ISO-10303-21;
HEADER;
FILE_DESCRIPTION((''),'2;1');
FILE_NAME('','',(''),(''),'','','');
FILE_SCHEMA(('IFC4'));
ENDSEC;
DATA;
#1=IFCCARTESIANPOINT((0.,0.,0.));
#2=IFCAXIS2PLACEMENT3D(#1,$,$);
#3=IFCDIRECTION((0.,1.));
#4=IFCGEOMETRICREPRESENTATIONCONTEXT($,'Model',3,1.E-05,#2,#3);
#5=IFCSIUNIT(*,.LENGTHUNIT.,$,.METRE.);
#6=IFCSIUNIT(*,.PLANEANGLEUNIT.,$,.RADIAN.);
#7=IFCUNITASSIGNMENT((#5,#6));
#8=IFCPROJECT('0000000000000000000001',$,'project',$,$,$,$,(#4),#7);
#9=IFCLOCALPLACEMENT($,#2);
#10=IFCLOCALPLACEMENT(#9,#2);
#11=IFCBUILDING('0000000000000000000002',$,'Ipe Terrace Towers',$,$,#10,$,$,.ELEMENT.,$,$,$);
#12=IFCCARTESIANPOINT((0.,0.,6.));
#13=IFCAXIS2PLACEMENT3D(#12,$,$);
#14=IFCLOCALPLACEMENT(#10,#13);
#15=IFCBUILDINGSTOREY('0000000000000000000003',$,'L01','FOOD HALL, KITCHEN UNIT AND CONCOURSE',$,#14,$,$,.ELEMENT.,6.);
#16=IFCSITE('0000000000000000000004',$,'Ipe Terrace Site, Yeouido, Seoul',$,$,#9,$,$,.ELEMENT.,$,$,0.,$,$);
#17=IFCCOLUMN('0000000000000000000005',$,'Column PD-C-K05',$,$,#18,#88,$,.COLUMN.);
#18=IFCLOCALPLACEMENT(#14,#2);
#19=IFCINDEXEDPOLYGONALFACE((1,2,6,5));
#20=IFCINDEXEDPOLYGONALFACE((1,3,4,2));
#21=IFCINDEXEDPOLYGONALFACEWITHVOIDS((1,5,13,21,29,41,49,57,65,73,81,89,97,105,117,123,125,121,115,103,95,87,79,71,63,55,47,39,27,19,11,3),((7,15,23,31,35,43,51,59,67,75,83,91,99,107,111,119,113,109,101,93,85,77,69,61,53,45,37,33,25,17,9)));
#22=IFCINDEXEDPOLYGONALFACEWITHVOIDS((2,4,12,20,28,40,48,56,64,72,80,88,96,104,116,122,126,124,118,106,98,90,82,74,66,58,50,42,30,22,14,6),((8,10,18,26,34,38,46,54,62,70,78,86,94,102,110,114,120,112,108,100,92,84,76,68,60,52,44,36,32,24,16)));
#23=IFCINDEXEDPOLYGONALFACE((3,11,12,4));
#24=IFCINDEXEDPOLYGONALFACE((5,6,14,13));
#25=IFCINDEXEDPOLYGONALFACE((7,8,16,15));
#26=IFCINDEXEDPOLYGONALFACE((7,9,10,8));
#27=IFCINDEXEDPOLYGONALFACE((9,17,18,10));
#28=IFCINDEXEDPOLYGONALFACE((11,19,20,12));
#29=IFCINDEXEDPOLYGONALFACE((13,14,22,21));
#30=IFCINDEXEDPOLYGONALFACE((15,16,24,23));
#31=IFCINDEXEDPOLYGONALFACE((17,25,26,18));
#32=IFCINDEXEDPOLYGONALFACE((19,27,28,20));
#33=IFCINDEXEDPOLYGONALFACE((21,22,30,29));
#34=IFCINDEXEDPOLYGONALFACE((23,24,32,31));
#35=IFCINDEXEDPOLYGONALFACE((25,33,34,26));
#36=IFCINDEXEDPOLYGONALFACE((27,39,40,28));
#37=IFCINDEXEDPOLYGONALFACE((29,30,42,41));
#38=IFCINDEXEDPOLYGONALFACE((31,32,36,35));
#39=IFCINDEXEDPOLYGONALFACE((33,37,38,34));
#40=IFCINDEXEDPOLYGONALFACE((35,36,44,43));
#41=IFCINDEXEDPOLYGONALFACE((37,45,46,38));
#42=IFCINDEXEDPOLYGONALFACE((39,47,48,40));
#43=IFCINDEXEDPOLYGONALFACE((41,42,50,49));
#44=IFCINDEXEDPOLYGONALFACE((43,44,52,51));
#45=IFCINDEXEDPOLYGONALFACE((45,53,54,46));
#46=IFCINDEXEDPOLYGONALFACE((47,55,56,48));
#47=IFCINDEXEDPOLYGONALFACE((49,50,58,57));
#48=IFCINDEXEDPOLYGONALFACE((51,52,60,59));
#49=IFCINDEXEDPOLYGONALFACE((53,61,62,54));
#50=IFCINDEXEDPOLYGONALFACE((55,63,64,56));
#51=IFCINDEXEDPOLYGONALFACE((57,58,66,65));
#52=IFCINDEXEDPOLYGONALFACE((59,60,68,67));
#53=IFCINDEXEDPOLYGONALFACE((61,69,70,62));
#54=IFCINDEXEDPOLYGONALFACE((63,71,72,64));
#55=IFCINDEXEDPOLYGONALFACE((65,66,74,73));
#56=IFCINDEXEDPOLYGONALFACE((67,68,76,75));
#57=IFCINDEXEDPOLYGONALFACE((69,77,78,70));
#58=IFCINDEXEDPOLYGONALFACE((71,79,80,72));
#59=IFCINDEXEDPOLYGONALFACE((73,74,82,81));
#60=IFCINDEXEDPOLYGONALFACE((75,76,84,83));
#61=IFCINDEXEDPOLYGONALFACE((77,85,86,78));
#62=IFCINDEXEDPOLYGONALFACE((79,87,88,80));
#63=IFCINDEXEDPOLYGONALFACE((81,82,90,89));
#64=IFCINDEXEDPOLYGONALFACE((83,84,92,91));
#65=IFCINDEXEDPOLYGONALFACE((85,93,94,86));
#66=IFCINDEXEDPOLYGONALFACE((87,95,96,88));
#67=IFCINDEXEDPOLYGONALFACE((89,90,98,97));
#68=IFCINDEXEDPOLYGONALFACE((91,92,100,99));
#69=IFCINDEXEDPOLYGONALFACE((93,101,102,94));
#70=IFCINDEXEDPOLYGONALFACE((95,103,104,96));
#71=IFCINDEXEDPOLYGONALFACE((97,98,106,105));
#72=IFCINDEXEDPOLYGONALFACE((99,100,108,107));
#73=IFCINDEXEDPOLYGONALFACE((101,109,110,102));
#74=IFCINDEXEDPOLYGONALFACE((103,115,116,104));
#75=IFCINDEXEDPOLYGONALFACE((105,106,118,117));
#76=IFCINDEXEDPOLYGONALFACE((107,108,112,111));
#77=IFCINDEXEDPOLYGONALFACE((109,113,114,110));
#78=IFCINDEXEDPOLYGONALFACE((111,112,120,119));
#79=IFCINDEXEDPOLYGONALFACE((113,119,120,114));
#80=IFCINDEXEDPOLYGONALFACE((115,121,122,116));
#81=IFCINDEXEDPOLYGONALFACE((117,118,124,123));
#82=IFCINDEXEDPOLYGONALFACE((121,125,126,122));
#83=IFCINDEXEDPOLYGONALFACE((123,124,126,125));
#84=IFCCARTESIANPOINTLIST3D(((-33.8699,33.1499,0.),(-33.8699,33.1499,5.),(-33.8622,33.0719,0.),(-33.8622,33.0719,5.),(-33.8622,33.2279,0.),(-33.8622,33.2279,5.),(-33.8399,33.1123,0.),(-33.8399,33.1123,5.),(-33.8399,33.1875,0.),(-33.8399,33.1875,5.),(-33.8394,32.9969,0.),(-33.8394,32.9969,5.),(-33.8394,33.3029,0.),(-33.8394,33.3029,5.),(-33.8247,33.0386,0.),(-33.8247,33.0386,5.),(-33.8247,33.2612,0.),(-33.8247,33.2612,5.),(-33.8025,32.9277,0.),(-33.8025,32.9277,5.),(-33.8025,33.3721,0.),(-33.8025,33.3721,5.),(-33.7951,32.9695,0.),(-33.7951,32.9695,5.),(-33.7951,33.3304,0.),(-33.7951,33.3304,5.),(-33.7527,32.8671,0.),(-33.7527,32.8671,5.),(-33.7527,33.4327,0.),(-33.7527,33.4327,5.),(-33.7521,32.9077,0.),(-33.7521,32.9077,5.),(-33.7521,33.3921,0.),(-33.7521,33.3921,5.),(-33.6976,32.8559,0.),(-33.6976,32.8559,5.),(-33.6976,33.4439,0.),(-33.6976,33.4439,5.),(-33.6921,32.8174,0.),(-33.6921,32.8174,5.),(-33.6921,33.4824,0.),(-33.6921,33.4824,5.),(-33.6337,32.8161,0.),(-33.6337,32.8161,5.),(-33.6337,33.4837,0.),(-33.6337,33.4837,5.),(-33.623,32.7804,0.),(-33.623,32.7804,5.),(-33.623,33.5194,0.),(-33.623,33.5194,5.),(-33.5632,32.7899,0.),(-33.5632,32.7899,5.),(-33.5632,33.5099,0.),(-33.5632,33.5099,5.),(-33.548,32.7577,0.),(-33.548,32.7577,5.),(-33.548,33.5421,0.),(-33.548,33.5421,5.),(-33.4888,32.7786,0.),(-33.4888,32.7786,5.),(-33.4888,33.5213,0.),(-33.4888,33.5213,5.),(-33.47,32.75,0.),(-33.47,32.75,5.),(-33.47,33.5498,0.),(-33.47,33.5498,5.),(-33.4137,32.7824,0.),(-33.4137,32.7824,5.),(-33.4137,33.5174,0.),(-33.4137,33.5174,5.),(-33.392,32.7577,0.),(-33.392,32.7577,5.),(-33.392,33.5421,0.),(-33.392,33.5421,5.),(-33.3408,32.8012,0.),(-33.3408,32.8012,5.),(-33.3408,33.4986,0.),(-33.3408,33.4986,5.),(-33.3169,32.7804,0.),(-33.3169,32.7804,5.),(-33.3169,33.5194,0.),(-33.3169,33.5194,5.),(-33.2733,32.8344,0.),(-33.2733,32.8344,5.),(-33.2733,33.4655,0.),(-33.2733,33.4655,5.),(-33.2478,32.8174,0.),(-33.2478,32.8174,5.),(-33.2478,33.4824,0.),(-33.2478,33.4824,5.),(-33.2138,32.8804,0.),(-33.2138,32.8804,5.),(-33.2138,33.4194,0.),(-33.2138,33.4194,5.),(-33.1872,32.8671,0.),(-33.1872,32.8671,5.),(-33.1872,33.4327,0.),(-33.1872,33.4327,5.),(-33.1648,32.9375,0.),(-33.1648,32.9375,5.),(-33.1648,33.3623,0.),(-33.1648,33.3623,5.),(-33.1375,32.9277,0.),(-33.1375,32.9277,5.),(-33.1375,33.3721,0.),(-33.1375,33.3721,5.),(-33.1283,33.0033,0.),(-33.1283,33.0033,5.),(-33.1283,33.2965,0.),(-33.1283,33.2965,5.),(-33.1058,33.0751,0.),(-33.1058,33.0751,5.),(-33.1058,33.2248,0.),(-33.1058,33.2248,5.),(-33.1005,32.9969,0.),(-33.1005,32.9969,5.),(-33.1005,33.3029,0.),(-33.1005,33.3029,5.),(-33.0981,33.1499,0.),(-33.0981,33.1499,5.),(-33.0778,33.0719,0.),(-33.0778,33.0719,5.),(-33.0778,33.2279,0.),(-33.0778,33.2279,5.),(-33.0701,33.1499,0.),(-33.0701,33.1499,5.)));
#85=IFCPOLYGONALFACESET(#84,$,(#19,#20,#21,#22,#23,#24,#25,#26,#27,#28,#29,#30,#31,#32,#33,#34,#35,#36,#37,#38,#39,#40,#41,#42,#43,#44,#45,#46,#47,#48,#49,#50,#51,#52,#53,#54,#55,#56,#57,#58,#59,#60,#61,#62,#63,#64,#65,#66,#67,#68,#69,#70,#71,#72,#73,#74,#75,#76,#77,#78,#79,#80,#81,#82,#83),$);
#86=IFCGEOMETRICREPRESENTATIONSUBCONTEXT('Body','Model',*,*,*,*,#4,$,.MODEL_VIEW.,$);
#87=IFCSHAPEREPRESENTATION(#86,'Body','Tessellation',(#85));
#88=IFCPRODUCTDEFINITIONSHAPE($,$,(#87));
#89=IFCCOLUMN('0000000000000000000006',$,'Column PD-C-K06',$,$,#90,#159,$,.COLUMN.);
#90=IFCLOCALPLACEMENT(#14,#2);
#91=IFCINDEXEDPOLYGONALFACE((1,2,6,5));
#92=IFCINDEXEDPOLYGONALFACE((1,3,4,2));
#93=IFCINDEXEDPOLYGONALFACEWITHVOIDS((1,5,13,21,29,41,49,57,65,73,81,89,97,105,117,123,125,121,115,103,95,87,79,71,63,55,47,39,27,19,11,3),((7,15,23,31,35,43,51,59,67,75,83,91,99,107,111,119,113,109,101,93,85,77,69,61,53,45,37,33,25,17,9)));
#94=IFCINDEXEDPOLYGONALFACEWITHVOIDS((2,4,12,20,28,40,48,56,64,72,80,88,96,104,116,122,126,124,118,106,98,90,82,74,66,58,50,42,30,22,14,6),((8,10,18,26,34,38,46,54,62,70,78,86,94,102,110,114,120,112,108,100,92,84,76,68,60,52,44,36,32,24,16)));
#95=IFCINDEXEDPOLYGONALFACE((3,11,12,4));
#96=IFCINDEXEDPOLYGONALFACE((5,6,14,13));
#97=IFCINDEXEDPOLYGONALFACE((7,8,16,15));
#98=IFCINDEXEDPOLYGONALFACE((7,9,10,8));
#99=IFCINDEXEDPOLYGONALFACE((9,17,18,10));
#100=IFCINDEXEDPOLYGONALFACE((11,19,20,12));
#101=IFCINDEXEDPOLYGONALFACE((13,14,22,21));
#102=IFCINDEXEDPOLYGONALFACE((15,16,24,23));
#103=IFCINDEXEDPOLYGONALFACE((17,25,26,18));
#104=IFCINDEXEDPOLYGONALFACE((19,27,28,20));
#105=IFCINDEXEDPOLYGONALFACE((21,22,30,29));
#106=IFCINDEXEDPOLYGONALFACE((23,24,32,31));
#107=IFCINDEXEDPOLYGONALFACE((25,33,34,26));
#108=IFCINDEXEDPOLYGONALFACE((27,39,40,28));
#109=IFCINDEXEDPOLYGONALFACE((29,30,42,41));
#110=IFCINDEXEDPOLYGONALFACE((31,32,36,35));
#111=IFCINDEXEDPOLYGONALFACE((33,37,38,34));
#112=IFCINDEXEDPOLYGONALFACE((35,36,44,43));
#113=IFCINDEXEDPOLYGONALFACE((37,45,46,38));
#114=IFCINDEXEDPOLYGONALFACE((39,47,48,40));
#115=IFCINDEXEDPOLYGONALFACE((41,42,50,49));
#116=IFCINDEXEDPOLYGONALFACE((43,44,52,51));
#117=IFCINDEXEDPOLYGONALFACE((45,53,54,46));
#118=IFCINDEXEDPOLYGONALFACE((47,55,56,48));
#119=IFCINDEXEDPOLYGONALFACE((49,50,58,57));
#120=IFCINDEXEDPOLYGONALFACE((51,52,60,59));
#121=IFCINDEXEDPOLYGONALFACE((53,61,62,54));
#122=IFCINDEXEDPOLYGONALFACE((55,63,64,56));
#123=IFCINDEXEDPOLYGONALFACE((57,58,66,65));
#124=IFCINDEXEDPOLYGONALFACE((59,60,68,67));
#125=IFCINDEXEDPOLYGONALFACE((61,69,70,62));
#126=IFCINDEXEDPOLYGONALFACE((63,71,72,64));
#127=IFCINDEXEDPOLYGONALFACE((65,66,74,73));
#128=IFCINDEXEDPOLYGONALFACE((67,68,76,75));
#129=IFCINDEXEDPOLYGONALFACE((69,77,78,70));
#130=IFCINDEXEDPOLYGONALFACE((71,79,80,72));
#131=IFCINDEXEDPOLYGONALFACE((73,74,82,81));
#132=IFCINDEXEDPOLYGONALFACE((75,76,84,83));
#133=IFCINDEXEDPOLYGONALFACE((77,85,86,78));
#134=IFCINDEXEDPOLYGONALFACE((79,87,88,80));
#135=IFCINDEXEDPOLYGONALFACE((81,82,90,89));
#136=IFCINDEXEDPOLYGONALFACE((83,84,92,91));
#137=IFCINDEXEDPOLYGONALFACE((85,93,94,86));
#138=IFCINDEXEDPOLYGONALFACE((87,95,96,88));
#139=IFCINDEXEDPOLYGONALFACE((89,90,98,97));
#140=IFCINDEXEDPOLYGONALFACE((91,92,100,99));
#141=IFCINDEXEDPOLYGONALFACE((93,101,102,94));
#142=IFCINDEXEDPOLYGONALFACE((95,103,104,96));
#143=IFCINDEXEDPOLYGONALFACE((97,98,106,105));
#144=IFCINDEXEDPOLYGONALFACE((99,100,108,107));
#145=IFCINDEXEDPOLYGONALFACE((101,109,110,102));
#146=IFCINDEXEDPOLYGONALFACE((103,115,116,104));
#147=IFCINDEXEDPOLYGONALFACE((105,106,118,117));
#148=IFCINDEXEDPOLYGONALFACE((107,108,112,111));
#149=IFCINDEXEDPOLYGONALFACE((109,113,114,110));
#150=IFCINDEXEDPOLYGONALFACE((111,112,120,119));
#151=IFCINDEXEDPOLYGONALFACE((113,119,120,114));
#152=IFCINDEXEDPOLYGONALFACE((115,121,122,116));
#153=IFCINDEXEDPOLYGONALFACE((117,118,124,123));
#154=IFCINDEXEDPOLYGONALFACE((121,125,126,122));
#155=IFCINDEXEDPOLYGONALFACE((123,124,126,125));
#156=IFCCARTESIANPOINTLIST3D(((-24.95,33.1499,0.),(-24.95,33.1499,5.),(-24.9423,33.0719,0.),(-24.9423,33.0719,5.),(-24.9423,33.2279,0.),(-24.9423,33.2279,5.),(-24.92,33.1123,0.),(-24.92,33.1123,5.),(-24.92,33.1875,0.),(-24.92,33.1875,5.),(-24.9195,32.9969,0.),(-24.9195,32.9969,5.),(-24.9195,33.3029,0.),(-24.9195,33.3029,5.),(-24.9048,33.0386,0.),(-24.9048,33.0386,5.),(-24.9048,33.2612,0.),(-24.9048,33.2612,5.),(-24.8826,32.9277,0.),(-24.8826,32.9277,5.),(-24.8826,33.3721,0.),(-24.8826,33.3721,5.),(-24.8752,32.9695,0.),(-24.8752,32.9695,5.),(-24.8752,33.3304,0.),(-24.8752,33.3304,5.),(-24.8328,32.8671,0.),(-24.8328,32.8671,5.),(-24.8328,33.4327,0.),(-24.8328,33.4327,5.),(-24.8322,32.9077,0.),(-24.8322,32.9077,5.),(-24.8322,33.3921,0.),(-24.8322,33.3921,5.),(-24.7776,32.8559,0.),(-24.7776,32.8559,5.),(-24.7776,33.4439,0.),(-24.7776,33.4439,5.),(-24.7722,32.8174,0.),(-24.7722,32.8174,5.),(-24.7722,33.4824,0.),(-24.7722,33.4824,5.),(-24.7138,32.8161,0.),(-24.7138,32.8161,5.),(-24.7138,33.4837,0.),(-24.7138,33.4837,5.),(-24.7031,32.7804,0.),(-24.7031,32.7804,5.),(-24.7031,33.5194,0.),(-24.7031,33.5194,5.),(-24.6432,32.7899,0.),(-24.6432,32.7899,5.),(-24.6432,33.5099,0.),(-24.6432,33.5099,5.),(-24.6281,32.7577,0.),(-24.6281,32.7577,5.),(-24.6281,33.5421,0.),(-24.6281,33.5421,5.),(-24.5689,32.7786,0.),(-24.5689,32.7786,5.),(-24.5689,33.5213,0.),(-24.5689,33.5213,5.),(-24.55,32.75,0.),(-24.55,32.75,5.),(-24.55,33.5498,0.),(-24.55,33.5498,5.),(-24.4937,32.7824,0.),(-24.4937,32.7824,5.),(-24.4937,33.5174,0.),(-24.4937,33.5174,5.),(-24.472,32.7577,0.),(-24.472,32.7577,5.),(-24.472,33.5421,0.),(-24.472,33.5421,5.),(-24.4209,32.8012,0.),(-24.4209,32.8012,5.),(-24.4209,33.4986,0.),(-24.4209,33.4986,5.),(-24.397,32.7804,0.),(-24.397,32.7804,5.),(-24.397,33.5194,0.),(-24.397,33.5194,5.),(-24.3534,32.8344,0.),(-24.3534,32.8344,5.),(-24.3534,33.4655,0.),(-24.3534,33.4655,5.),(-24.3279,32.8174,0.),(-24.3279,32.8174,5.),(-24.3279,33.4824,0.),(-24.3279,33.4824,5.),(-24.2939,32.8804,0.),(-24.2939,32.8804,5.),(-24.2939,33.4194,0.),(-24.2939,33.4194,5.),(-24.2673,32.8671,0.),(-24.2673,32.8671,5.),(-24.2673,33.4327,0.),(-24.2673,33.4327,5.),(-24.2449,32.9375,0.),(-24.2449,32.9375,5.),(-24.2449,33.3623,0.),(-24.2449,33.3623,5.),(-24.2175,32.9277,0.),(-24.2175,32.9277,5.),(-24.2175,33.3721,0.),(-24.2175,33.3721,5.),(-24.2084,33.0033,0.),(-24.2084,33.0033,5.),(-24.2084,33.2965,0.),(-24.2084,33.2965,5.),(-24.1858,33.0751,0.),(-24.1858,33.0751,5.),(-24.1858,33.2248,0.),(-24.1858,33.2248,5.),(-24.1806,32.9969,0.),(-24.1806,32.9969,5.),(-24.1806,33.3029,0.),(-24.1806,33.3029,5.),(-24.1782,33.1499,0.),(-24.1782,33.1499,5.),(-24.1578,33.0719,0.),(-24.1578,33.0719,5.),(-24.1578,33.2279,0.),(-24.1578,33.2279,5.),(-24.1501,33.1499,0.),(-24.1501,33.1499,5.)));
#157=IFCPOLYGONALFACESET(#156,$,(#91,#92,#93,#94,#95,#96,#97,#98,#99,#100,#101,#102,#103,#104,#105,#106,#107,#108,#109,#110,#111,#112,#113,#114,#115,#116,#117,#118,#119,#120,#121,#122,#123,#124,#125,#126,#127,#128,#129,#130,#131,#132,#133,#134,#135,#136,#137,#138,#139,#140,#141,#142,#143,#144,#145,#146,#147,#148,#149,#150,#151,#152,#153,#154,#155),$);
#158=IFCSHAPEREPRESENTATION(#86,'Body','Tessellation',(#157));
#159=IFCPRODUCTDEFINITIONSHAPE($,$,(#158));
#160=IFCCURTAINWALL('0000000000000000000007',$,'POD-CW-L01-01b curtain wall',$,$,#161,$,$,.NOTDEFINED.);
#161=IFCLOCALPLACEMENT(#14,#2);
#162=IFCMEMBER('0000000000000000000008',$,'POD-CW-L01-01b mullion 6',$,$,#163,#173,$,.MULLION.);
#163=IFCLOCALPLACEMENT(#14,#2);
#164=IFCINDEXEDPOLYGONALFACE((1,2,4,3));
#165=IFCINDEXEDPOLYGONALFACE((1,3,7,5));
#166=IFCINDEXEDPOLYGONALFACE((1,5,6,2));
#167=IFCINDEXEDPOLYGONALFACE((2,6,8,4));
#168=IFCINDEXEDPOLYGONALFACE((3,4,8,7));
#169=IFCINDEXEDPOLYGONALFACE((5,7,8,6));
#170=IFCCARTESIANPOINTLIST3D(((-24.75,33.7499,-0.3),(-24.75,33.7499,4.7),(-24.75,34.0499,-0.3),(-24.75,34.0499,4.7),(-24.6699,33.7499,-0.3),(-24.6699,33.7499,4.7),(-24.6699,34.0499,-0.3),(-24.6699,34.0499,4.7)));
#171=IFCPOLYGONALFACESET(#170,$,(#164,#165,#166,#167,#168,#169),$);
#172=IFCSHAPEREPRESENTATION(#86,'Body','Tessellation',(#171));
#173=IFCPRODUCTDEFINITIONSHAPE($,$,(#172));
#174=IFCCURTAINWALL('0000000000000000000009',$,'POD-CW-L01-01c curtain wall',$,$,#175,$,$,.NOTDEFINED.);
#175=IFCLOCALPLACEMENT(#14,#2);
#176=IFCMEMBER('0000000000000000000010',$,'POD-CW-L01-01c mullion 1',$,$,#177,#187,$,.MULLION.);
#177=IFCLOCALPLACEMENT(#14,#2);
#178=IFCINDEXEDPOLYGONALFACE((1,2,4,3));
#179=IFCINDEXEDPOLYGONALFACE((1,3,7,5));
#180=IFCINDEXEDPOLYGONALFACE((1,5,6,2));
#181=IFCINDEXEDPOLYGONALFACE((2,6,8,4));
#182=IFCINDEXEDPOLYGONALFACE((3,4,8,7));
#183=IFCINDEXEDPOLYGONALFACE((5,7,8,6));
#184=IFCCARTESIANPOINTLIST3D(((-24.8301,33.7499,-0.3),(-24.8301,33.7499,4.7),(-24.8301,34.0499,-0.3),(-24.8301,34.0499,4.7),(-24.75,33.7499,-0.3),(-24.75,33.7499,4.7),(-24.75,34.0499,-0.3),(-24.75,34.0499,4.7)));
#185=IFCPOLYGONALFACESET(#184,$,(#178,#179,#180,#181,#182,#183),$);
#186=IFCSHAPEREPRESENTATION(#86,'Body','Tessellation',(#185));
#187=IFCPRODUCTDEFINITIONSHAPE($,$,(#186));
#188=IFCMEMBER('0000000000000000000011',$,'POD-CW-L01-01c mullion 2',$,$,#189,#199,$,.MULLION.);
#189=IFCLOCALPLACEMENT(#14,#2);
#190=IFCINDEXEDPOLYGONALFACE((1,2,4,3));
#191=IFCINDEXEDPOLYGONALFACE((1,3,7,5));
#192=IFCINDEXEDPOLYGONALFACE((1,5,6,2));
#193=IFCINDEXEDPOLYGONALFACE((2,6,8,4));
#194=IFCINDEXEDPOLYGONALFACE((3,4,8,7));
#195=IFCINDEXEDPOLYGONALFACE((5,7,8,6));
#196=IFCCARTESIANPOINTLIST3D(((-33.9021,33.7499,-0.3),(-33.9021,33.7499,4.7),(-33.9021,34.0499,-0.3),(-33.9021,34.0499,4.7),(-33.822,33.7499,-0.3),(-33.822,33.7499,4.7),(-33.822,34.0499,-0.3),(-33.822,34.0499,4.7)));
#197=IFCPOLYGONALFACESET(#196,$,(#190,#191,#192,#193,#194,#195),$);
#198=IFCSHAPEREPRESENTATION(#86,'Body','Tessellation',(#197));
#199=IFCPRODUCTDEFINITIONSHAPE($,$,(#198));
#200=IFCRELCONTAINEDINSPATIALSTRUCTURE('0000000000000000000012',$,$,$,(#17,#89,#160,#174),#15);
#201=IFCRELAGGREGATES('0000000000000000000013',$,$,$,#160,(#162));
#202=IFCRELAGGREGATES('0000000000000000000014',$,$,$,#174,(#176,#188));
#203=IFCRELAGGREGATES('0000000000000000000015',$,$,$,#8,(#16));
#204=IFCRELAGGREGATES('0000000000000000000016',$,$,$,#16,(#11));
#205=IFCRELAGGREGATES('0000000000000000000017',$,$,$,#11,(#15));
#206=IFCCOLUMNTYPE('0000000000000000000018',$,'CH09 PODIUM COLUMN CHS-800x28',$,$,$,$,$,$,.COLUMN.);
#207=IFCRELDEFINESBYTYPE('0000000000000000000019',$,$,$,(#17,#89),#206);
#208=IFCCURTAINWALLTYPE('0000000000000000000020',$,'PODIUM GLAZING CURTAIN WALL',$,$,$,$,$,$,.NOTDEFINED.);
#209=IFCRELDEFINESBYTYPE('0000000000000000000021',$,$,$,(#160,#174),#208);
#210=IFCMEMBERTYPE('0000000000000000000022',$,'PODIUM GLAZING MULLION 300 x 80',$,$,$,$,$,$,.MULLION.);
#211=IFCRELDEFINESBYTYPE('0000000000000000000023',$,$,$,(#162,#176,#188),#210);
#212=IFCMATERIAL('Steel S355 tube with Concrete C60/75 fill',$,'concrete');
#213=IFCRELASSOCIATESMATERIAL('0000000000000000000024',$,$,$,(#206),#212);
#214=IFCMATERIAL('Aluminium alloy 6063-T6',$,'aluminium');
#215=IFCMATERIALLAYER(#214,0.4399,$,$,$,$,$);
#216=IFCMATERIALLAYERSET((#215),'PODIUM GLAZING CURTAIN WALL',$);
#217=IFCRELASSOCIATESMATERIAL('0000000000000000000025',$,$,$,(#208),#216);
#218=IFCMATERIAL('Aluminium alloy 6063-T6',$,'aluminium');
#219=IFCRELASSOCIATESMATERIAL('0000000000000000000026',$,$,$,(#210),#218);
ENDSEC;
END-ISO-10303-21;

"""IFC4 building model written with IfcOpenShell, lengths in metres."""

from ifc_helpers import new_model, si_unit, direction, frame, origin, origin_2d, place, context, subcontext, project, spatial, rectangle, hollow_circle, extrude, material, layer, layer_set, material_profile, profile_set, type_object, element, aggregate, save


model = new_model("IFC4")

# Units and contexts
model_context = context("Model", 3, precision=1e-05, world=origin(), true_north=direction((0.0, 1.0)))
body_context = subcontext(model_context, "Body", "Model", "MODEL_VIEW")
ifc_project = project(units=[si_unit("LENGTHUNIT", "METRE"), si_unit("PLANEANGLEUNIT", "RADIAN")], contexts=[model_context])

# Site, building, storey
site_placement = place(None, origin())
site = spatial("IfcSite", under=ifc_project, at=site_placement, Name="Ipe Terrace Site, Yeouido, Seoul", CompositionType="ELEMENT", RefElevation=0.0)
building_placement = place(site_placement, origin())
building = spatial("IfcBuilding", under=site, at=building_placement, Name="Ipe Terrace Towers", CompositionType="ELEMENT")
storey_placement = place(building_placement, frame((0.0, 0.0, 6.0)))
storey = spatial("IfcBuildingStorey", under=building, at=storey_placement, Name="L01", Description="FOOD HALL, KITCHEN UNIT AND CONCOURSE", CompositionType="ELEMENT", Elevation=6.0)

# Columns
ifc_material_1 = material(Name="Steel S355 tube with Concrete C60/75 fill", Category="concrete")
ifc_material_profile_1 = material_profile(ifc_material_1, hollow_circle(Radius=0.3999, WallThickness=0.0281, at=origin_2d()), Name="CHS-800x28")
ifc_profile_set_1 = profile_set([ifc_material_profile_1], Name="Steel S355 tube with Concrete C60/75 fill")
column_type_1 = type_object("IfcColumnType", Name="CH09 PODIUM COLUMN CHS-800x28", PredefinedType="COLUMN", material=ifc_profile_set_1)
for number, where, z_axis, x_axis, name in (
    (1, (-33.47, 33.1499, 0.0), (0.0, 0.0, 1.0), (1.0, 0.0, 0.0), "Column PD-C-K05"),
    (2, (-24.55, 33.1499, 0.0), (0.0, 0.0, 1.0), (1.0, 0.0, 0.0), "Column PD-C-K06"),
):
    element("IfcColumn", number, at=place(storey_placement, frame(where, z_axis=z_axis, x_axis=x_axis)), inside=storey, type_object=column_type_1, Name=name, PredefinedType="COLUMN", context=body_context, shape_type="SweptSolid", body=[
        extrude(hollow_circle(Radius=0.3999, WallThickness=0.0281, at=origin_2d()), origin(), (0.0, 0.0, 1.0), 5.0),
    ])

# Curtain wall, member
ifc_material_2 = material(Name="Aluminium alloy 6063-T6", Category="aluminium")
ifc_layer_1 = layer(ifc_material_2, 0.4399)
ifc_layer_set_1 = layer_set([ifc_layer_1], Name="PODIUM GLAZING CURTAIN WALL")
curtain_wall_type = type_object("IfcCurtainWallType", Name="PODIUM GLAZING CURTAIN WALL", PredefinedType="NOTDEFINED", material=ifc_layer_set_1)
curtain_wall_1_placement = place(storey_placement, origin())
curtain_wall_1 = element("IfcCurtainWall", 3, at=curtain_wall_1_placement, inside=storey, type_object=curtain_wall_type, Name="POD-CW-L01-01b curtain wall", PredefinedType="NOTDEFINED")
ifc_material_3 = material(Name="Aluminium alloy 6063-T6", Category="aluminium")
ifc_material_profile_2 = material_profile(ifc_material_3, rectangle(XDim=0.3, YDim=0.0801, at=origin_2d()), Name="PODIUM GLAZING MULLION 300 x 80")
ifc_profile_set_2 = profile_set([ifc_material_profile_2], Name="Aluminium alloy 6063-T6")
member_type_1 = type_object("IfcMemberType", Name="PODIUM GLAZING MULLION 300 x 80", PredefinedType="MULLION", material=ifc_profile_set_2)
member_1_placement = place(storey_placement, frame((-24.71, 33.8999, -0.3), z_axis=(0.0, 0.0, 1.0), x_axis=(0.0, 1.0, 0.0)))
member_1 = element("IfcMember", 4, at=member_1_placement, type_object=member_type_1, Name="POD-CW-L01-01b mullion 6", PredefinedType="MULLION", context=body_context, shape_type="SweptSolid", body=[
    extrude(rectangle(XDim=0.3, YDim=0.0801, at=origin_2d()), origin(), (0.0, 0.0, 1.0), 5.0),
])
aggregate(curtain_wall_1, [member_1])

# Curtain wall, members
curtain_wall_2_placement = place(storey_placement, origin())
curtain_wall_2 = element("IfcCurtainWall", 5, at=curtain_wall_2_placement, inside=storey, type_object=curtain_wall_type, Name="POD-CW-L01-01c curtain wall", PredefinedType="NOTDEFINED")
member_2_placement = place(storey_placement, frame((-24.79, 33.8999, -0.3), z_axis=(0.0, 0.0, 1.0), x_axis=(0.0, 1.0, 0.0)))
member_2 = element("IfcMember", 6, at=member_2_placement, type_object=member_type_1, Name="POD-CW-L01-01c mullion 1", PredefinedType="MULLION", context=body_context, shape_type="SweptSolid", body=[
    extrude(rectangle(XDim=0.3, YDim=0.0801, at=origin_2d()), origin(), (0.0, 0.0, 1.0), 5.0),
])
member_3_placement = place(storey_placement, frame((-33.8621, 33.8999, -0.3), z_axis=(0.0, 0.0, 1.0), x_axis=(0.0, 1.0, 0.0)))
member_3 = element("IfcMember", 7, at=member_3_placement, type_object=member_type_1, Name="POD-CW-L01-01c mullion 2", PredefinedType="MULLION", context=body_context, shape_type="SweptSolid", body=[
    extrude(rectangle(XDim=0.3, YDim=0.0801, at=origin_2d()), origin(), (0.0, 0.0, 1.0), 5.0),
])
aggregate(curtain_wall_2, [member_2, member_3])

save(model, "model.ifc")
